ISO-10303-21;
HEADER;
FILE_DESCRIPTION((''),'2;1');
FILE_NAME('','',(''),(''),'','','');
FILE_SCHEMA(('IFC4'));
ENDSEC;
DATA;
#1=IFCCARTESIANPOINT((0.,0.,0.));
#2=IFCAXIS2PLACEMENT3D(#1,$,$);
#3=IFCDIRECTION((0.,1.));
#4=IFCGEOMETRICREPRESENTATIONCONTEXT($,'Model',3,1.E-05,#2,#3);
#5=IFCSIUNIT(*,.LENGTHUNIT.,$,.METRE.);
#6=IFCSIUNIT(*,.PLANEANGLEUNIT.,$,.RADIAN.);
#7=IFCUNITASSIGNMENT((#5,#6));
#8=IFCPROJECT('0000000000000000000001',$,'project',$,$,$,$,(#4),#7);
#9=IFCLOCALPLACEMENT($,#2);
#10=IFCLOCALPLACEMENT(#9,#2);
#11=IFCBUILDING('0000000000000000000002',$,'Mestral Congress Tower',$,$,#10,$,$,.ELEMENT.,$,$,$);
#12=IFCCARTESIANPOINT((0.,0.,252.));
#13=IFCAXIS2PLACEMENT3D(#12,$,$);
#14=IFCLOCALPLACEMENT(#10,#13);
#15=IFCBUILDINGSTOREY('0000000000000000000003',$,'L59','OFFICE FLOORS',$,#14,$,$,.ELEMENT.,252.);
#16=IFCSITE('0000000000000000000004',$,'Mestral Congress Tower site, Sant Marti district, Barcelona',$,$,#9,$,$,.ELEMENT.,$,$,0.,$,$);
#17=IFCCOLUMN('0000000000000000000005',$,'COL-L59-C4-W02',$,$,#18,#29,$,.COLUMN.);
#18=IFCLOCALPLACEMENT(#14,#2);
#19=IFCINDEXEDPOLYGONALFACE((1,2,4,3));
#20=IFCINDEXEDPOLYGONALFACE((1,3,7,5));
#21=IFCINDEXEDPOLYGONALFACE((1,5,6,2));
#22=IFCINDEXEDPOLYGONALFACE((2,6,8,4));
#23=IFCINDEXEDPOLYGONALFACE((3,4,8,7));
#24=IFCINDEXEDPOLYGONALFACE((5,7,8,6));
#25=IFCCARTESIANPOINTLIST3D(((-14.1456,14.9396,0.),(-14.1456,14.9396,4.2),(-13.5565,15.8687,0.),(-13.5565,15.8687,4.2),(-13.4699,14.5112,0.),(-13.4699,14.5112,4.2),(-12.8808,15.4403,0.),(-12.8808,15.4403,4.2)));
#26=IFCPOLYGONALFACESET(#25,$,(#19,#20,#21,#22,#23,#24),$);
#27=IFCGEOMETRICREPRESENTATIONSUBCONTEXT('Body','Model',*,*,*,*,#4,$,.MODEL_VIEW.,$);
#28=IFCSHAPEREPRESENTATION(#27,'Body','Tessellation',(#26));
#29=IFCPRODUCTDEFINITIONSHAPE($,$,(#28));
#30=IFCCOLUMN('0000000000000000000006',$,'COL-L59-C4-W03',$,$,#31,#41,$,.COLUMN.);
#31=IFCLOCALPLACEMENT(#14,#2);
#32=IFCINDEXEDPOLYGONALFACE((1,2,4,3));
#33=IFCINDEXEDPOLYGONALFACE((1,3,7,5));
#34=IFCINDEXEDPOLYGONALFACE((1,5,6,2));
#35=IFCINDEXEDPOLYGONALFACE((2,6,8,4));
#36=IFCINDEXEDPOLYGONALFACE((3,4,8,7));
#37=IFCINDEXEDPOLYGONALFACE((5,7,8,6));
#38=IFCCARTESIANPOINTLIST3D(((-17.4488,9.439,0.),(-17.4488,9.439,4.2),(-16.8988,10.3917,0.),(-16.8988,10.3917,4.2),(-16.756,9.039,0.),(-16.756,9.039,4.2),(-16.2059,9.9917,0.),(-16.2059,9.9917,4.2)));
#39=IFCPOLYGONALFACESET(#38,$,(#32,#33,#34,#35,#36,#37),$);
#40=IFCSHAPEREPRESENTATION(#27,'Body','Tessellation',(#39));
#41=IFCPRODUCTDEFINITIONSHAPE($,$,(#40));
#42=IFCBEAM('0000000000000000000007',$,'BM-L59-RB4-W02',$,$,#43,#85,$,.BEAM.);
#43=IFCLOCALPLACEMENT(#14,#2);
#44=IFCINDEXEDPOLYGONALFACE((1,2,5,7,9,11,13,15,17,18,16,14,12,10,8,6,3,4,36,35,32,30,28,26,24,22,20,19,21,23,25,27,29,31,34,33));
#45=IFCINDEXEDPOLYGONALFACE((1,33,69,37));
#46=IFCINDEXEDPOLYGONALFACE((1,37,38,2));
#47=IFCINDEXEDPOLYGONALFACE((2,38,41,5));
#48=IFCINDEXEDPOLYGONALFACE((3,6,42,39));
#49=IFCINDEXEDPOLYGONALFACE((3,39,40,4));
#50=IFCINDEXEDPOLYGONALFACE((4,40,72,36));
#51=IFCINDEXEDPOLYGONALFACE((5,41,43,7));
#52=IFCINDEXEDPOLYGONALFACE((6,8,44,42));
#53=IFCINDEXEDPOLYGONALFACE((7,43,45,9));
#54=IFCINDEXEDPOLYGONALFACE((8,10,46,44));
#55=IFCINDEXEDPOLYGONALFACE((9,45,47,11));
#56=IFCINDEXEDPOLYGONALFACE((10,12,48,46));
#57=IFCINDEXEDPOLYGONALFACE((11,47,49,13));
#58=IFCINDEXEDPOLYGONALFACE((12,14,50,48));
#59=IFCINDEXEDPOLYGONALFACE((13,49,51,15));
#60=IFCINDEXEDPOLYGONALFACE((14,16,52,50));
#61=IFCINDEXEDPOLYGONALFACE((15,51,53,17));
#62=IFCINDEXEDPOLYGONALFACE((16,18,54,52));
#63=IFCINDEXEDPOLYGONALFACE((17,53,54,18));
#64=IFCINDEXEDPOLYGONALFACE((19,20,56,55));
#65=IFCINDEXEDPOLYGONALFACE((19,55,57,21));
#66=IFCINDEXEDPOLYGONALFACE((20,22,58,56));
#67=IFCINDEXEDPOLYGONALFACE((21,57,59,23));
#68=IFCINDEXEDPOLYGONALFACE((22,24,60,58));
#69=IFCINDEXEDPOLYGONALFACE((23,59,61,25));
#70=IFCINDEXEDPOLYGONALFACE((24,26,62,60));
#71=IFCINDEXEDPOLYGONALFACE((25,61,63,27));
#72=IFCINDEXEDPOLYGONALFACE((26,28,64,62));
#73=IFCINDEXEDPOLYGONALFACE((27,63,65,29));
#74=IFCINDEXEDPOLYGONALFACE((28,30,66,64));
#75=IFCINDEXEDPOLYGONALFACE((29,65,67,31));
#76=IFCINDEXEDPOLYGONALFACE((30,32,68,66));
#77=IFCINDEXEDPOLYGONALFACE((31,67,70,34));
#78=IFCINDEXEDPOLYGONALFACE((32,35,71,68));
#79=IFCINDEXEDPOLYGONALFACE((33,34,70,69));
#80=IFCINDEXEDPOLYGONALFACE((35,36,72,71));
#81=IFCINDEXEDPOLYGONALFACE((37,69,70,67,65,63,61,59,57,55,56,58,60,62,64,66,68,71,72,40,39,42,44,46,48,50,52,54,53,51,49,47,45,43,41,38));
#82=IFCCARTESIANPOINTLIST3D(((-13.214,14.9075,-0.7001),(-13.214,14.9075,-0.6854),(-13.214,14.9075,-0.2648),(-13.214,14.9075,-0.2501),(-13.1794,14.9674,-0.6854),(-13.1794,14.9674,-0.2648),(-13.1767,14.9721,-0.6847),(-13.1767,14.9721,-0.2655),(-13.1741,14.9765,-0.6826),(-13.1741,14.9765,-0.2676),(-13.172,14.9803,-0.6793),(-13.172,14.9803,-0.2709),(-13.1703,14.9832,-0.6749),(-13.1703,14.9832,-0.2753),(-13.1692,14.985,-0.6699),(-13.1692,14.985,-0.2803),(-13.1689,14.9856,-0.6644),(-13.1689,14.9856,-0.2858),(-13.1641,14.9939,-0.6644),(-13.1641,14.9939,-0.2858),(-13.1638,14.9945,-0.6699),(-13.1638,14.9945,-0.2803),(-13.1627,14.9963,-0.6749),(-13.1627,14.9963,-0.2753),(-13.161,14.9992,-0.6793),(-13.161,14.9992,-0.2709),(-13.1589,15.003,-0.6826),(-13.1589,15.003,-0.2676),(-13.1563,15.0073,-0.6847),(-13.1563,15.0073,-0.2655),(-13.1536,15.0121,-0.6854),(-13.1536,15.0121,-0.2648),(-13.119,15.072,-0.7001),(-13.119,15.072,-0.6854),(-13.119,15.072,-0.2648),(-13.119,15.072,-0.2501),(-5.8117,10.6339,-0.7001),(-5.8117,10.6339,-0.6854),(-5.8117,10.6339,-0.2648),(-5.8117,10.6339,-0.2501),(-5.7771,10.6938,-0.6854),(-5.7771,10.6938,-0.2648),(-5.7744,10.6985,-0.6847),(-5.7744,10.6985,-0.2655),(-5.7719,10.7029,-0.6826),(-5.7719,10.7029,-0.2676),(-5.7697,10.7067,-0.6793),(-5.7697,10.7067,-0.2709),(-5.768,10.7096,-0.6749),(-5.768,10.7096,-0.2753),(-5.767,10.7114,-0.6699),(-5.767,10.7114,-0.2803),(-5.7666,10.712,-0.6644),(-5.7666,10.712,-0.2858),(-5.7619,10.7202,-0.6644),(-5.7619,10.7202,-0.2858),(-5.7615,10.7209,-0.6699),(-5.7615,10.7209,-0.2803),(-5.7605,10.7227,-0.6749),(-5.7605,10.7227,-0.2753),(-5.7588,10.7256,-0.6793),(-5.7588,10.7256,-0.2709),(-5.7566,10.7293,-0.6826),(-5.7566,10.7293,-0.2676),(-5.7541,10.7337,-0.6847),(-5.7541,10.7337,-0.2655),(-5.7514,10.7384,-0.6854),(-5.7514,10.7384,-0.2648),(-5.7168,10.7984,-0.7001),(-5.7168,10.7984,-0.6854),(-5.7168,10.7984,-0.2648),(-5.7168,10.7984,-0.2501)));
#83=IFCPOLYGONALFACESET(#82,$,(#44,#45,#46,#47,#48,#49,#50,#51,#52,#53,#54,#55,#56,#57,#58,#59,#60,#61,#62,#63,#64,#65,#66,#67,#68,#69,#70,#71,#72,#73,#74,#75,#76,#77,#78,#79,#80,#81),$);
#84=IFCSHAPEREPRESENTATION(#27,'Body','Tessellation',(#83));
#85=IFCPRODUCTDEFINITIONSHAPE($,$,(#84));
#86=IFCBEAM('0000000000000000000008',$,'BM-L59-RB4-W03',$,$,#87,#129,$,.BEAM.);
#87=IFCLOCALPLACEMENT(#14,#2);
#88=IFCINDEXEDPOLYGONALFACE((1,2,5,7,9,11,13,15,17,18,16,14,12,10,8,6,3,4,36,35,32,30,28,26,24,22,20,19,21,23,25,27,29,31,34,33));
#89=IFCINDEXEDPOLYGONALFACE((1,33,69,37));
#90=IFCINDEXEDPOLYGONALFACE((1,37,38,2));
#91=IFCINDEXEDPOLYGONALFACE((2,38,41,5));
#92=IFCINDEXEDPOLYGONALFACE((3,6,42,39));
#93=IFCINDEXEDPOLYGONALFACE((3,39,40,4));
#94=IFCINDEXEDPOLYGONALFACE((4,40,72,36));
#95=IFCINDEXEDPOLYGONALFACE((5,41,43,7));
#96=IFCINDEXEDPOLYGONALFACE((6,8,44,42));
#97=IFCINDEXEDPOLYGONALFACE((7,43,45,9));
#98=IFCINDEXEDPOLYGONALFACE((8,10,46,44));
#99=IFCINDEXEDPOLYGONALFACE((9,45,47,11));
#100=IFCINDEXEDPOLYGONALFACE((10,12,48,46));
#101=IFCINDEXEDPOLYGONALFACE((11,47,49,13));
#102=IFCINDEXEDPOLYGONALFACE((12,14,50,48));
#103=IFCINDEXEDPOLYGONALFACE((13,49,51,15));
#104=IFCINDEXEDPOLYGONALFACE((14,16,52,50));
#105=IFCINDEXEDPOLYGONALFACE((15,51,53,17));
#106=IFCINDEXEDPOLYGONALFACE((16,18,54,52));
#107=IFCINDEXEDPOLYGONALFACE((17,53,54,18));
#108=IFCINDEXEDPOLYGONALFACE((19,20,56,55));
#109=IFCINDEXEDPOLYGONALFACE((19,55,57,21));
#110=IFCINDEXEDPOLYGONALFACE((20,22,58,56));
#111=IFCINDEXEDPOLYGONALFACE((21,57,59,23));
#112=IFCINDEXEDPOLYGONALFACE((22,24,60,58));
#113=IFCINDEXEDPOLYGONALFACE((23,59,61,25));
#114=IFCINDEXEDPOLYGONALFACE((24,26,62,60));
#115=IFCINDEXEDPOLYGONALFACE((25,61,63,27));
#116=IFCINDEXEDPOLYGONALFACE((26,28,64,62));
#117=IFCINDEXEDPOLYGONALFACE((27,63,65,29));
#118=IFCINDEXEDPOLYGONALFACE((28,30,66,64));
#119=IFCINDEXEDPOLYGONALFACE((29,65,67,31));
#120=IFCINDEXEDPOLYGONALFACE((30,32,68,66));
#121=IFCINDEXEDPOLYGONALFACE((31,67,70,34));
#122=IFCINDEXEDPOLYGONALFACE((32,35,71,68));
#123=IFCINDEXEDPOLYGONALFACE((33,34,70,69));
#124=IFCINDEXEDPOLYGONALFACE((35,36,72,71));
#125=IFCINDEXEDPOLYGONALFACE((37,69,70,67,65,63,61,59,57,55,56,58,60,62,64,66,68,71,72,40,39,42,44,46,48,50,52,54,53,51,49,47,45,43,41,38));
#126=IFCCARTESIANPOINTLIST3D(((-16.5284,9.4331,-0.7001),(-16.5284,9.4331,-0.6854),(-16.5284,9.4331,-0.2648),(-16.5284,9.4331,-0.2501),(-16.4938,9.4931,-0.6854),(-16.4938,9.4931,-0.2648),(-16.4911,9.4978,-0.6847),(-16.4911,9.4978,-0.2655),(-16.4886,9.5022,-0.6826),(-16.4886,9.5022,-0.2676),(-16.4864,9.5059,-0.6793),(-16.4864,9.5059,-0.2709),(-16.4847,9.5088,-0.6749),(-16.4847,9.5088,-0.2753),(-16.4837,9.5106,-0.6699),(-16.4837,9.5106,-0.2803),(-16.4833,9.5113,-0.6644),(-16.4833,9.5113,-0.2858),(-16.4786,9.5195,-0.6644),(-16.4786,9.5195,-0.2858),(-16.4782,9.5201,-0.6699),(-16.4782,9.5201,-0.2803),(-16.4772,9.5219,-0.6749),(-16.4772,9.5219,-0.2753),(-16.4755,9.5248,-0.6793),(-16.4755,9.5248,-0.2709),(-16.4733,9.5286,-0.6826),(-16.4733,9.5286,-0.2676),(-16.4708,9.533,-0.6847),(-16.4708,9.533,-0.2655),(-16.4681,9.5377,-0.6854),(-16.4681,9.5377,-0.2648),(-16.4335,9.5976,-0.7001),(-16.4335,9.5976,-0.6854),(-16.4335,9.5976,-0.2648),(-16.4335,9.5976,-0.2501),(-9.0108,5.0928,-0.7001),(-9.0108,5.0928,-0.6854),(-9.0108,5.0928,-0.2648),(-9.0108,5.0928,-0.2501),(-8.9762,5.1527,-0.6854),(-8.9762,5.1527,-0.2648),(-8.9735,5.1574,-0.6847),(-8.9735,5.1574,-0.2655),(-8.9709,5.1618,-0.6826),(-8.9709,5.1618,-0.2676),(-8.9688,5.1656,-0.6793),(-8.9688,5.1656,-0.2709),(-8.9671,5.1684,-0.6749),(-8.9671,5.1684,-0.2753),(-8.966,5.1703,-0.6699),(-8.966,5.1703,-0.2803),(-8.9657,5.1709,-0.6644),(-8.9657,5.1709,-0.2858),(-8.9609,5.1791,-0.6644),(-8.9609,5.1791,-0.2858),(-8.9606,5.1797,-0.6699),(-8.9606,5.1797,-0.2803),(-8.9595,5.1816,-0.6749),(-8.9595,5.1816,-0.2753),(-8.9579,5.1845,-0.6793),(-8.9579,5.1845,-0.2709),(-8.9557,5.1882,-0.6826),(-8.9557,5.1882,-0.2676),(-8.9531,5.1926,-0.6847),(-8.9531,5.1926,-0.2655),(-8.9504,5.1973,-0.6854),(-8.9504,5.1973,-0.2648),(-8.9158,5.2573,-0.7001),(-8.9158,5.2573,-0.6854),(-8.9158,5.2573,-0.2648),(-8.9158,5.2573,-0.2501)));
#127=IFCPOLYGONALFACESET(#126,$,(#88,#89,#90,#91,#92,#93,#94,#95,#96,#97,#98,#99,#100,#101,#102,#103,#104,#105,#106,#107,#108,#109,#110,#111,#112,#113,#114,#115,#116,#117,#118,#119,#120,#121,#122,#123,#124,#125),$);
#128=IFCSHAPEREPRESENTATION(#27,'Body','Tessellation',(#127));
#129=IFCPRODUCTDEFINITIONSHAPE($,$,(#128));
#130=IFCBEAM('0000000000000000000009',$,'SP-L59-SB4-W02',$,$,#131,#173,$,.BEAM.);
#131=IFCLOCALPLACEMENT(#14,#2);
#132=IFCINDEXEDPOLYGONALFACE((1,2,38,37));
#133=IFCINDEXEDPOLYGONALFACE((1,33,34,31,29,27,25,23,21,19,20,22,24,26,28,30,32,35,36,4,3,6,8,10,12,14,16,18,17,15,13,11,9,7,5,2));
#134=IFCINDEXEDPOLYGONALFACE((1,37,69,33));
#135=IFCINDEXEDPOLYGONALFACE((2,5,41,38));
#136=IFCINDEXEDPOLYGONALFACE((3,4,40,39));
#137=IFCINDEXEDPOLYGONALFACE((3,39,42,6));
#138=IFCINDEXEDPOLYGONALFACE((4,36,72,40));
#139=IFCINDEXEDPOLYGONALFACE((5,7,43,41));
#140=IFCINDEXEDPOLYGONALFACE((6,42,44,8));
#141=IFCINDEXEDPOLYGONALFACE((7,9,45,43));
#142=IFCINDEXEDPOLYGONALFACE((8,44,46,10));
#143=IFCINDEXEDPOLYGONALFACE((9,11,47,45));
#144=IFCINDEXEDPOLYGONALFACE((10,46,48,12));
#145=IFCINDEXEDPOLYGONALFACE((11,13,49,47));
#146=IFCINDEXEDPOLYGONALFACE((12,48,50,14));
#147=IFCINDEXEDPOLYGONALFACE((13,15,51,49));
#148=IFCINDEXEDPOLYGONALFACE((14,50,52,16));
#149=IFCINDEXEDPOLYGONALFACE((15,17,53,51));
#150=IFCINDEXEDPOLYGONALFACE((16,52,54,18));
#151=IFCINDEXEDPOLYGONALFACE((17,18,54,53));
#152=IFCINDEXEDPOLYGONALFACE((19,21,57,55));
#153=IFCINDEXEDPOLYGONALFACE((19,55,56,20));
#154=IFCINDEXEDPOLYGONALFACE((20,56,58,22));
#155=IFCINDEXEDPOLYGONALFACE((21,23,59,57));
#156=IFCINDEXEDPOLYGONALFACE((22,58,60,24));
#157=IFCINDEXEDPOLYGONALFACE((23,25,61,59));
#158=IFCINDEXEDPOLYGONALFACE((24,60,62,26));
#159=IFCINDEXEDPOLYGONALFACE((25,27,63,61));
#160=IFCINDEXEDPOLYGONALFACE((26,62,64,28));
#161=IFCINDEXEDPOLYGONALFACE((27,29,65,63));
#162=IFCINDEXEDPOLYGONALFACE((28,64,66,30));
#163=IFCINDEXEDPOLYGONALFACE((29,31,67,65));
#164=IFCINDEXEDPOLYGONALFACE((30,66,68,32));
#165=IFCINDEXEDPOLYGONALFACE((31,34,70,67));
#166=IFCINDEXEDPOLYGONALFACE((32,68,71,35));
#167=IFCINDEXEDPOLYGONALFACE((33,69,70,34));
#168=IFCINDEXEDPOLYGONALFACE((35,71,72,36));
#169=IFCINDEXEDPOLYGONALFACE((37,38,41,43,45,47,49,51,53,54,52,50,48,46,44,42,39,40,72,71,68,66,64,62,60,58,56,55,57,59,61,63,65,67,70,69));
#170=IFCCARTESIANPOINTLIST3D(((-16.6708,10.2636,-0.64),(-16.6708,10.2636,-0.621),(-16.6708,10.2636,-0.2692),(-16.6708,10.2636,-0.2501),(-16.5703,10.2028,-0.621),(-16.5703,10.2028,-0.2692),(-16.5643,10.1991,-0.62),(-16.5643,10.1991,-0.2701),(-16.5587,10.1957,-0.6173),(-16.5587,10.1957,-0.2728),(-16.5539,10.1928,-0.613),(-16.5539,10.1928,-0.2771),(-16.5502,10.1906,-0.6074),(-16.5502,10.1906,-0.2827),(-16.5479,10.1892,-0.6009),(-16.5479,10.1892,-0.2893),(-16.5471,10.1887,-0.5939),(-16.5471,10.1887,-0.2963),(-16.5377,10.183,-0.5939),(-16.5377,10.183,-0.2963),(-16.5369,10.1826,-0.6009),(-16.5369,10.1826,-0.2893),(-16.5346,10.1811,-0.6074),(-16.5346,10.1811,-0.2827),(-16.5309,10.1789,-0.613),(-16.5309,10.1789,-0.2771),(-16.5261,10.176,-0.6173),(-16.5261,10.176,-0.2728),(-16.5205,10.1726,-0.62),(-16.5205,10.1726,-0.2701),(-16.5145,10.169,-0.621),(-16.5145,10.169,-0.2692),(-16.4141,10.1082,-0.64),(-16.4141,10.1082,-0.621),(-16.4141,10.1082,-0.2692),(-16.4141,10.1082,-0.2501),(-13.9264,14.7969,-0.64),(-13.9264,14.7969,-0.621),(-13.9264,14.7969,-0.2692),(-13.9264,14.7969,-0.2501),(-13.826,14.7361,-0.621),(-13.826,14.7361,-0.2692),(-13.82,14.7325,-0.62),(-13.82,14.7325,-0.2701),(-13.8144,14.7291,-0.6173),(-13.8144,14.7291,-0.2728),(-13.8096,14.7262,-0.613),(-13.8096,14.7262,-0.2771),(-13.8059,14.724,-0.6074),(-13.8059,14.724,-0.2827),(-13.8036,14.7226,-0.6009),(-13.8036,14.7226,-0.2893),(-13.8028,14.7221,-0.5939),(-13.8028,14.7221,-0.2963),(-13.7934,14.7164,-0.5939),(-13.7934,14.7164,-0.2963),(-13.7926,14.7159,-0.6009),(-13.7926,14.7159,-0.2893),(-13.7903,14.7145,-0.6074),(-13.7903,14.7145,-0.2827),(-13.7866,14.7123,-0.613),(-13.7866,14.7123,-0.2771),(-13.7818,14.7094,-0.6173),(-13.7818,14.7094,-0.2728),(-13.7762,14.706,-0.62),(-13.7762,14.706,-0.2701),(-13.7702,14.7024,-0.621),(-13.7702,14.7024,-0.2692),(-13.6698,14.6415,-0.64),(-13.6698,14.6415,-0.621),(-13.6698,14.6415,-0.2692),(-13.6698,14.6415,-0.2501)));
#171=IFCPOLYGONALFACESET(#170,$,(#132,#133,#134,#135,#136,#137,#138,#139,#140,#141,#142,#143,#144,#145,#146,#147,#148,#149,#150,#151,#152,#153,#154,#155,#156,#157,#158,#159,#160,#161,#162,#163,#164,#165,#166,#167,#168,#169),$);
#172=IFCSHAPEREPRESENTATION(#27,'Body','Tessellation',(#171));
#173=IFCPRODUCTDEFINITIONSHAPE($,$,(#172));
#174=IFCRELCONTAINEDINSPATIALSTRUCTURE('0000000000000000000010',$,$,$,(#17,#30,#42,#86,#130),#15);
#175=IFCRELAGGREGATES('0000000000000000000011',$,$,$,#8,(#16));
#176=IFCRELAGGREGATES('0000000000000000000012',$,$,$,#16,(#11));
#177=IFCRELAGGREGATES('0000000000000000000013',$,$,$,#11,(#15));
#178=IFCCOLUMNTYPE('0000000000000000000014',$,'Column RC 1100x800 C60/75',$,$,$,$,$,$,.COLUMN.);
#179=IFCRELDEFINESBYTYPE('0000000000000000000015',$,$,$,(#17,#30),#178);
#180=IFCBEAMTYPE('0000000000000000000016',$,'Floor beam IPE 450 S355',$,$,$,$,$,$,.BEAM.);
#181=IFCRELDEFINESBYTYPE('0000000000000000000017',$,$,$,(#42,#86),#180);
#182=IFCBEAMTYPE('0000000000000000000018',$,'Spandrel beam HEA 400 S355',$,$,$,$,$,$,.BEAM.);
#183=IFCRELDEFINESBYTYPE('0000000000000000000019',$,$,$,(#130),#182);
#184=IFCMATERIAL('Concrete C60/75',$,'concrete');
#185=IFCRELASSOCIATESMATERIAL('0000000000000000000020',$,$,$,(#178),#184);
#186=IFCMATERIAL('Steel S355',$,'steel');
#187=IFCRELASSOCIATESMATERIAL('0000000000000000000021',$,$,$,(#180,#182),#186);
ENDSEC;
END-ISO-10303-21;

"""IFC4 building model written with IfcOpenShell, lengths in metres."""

from ifc_helpers import new_model, si_unit, direction, frame, origin, origin_2d, place, context, subcontext, project, spatial, rectangle, i_section, extrude, material, material_profile, profile_set, type_object, element, save


model = new_model("IFC4")

# Units and contexts
model_context = context("Model", 3, precision=1e-05, world=origin(), true_north=direction((0.0, 1.0)))
body_context = subcontext(model_context, "Body", "Model", "MODEL_VIEW")
ifc_project = project(units=[si_unit("LENGTHUNIT", "METRE"), si_unit("PLANEANGLEUNIT", "RADIAN")], contexts=[model_context])

# Site, building, storey
site_placement = place(None, origin())
site = spatial("IfcSite", under=ifc_project, at=site_placement, Name="Mestral Congress Tower site, Sant Marti district, Barcelona", CompositionType="ELEMENT", RefElevation=0.0)
building_placement = place(site_placement, origin())
building = spatial("IfcBuilding", under=site, at=building_placement, Name="Mestral Congress Tower", CompositionType="ELEMENT")
storey_placement = place(building_placement, frame((0.0, 0.0, 252.0)))
storey = spatial("IfcBuildingStorey", under=building, at=storey_placement, Name="L59", Description="OFFICE FLOORS", CompositionType="ELEMENT", Elevation=252.0)

# Columns
ifc_material_1 = material(Name="Concrete C60/75", Category="concrete")
ifc_material_profile_1 = material_profile(ifc_material_1, rectangle(XDim=1.1001, YDim=0.8, at=origin_2d()), Name="RC 1100x800")
ifc_profile_set_1 = profile_set([ifc_material_profile_1], Name="Concrete C60/75")
column_type = type_object("IfcColumnType", Name="Column RC 1100x800 C60/75", PredefinedType="COLUMN", material=ifc_profile_set_1)
for number, where, z_axis, x_axis, name in (
    (1, (-13.5132, 15.1899, 0.0), (0.0, 0.0, 1.0), (-0.535503, -0.844534, 0.0), "COL-L59-C4-W02"),
    (2, (-16.8274, 9.7153, 0.0), (0.0, 0.0, 1.0), (-0.5, -0.866025, 0.0), "COL-L59-C4-W03"),
):
    element("IfcColumn", number, at=place(storey_placement, frame(where, z_axis=z_axis, x_axis=x_axis)), inside=storey, type_object=column_type, Name=name, PredefinedType="COLUMN", context=body_context, shape_type="SweptSolid", body=[
        extrude(rectangle(XDim=1.1001, YDim=0.8, at=origin_2d()), origin(), (0.0, 0.0, 1.0), 4.2),
    ])

# Beams
ifc_material_2 = material(Name="Steel S355", Category="steel")
ifc_material_profile_2 = material_profile(ifc_material_2, i_section(OverallWidth=0.1899, OverallDepth=0.45, WebThickness=0.0095, FlangeThickness=0.0146, FilletRadius=0.021, at=origin_2d()), Name="IPE 450")
ifc_profile_set_2 = profile_set([ifc_material_profile_2], Name="Steel S355")
beam_type_1 = type_object("IfcBeamType", Name="Floor beam IPE 450 S355", PredefinedType="BEAM", material=ifc_profile_set_2)
beam_1_placement = place(storey_placement, frame((-13.1665, 14.9897, -0.4751), z_axis=(0.866029, -0.499994, 0.0), x_axis=(0.499994, 0.866029, 0.0)))
element("IfcBeam", 3, at=beam_1_placement, inside=storey, type_object=beam_type_1, Name="BM-L59-RB4-W02", PredefinedType="BEAM", context=body_context, shape_type="SweptSolid", body=[
    extrude(i_section(OverallWidth=0.1899, OverallDepth=0.45, WebThickness=0.0095, FlangeThickness=0.0146, FilletRadius=0.021, at=origin_2d()), origin(), (0.0, 0.0, 1.0), 8.5474),
])
beam_2_placement = place(storey_placement, frame((-16.481, 9.5154, -0.4751), z_axis=(0.866023, -0.500005, 0.0), x_axis=(0.500005, 0.866023, 0.0)))
element("IfcBeam", 4, at=beam_2_placement, inside=storey, type_object=beam_type_1, Name="BM-L59-RB4-W03", PredefinedType="BEAM", context=body_context, shape_type="SweptSolid", body=[
    extrude(i_section(OverallWidth=0.1899, OverallDepth=0.45, WebThickness=0.0095, FlangeThickness=0.0146, FilletRadius=0.021, at=origin_2d()), origin(), (0.0, 0.0, 1.0), 8.6807),
])
ifc_material_profile_3 = material_profile(ifc_material_2, i_section(OverallWidth=0.3, OverallDepth=0.3899, WebThickness=0.011, FlangeThickness=0.019, FilletRadius=0.0271, at=origin_2d()), Name="HEA 400")
ifc_profile_set_3 = profile_set([ifc_material_profile_3], Name="Steel S355")
beam_type_2 = type_object("IfcBeamType", Name="Spandrel beam HEA 400 S355", PredefinedType="BEAM", material=ifc_profile_set_3)
beam_3_placement = place(storey_placement, frame((-13.7981, 14.7192, -0.4451), z_axis=(-0.517866, -0.855462, 0.0), x_axis=(0.855462, -0.517866, 0.0)))
element("IfcBeam", 5, at=beam_3_placement, inside=storey, type_object=beam_type_2, Name="SP-L59-SB4-W02", PredefinedType="BEAM", context=body_context, shape_type="SweptSolid", body=[
    extrude(i_section(OverallWidth=0.3, OverallDepth=0.3899, WebThickness=0.011, FlangeThickness=0.019, FilletRadius=0.0271, at=origin_2d()), origin(), (0.0, 0.0, 1.0), 5.2993),
])

save(model, "model.ifc")
